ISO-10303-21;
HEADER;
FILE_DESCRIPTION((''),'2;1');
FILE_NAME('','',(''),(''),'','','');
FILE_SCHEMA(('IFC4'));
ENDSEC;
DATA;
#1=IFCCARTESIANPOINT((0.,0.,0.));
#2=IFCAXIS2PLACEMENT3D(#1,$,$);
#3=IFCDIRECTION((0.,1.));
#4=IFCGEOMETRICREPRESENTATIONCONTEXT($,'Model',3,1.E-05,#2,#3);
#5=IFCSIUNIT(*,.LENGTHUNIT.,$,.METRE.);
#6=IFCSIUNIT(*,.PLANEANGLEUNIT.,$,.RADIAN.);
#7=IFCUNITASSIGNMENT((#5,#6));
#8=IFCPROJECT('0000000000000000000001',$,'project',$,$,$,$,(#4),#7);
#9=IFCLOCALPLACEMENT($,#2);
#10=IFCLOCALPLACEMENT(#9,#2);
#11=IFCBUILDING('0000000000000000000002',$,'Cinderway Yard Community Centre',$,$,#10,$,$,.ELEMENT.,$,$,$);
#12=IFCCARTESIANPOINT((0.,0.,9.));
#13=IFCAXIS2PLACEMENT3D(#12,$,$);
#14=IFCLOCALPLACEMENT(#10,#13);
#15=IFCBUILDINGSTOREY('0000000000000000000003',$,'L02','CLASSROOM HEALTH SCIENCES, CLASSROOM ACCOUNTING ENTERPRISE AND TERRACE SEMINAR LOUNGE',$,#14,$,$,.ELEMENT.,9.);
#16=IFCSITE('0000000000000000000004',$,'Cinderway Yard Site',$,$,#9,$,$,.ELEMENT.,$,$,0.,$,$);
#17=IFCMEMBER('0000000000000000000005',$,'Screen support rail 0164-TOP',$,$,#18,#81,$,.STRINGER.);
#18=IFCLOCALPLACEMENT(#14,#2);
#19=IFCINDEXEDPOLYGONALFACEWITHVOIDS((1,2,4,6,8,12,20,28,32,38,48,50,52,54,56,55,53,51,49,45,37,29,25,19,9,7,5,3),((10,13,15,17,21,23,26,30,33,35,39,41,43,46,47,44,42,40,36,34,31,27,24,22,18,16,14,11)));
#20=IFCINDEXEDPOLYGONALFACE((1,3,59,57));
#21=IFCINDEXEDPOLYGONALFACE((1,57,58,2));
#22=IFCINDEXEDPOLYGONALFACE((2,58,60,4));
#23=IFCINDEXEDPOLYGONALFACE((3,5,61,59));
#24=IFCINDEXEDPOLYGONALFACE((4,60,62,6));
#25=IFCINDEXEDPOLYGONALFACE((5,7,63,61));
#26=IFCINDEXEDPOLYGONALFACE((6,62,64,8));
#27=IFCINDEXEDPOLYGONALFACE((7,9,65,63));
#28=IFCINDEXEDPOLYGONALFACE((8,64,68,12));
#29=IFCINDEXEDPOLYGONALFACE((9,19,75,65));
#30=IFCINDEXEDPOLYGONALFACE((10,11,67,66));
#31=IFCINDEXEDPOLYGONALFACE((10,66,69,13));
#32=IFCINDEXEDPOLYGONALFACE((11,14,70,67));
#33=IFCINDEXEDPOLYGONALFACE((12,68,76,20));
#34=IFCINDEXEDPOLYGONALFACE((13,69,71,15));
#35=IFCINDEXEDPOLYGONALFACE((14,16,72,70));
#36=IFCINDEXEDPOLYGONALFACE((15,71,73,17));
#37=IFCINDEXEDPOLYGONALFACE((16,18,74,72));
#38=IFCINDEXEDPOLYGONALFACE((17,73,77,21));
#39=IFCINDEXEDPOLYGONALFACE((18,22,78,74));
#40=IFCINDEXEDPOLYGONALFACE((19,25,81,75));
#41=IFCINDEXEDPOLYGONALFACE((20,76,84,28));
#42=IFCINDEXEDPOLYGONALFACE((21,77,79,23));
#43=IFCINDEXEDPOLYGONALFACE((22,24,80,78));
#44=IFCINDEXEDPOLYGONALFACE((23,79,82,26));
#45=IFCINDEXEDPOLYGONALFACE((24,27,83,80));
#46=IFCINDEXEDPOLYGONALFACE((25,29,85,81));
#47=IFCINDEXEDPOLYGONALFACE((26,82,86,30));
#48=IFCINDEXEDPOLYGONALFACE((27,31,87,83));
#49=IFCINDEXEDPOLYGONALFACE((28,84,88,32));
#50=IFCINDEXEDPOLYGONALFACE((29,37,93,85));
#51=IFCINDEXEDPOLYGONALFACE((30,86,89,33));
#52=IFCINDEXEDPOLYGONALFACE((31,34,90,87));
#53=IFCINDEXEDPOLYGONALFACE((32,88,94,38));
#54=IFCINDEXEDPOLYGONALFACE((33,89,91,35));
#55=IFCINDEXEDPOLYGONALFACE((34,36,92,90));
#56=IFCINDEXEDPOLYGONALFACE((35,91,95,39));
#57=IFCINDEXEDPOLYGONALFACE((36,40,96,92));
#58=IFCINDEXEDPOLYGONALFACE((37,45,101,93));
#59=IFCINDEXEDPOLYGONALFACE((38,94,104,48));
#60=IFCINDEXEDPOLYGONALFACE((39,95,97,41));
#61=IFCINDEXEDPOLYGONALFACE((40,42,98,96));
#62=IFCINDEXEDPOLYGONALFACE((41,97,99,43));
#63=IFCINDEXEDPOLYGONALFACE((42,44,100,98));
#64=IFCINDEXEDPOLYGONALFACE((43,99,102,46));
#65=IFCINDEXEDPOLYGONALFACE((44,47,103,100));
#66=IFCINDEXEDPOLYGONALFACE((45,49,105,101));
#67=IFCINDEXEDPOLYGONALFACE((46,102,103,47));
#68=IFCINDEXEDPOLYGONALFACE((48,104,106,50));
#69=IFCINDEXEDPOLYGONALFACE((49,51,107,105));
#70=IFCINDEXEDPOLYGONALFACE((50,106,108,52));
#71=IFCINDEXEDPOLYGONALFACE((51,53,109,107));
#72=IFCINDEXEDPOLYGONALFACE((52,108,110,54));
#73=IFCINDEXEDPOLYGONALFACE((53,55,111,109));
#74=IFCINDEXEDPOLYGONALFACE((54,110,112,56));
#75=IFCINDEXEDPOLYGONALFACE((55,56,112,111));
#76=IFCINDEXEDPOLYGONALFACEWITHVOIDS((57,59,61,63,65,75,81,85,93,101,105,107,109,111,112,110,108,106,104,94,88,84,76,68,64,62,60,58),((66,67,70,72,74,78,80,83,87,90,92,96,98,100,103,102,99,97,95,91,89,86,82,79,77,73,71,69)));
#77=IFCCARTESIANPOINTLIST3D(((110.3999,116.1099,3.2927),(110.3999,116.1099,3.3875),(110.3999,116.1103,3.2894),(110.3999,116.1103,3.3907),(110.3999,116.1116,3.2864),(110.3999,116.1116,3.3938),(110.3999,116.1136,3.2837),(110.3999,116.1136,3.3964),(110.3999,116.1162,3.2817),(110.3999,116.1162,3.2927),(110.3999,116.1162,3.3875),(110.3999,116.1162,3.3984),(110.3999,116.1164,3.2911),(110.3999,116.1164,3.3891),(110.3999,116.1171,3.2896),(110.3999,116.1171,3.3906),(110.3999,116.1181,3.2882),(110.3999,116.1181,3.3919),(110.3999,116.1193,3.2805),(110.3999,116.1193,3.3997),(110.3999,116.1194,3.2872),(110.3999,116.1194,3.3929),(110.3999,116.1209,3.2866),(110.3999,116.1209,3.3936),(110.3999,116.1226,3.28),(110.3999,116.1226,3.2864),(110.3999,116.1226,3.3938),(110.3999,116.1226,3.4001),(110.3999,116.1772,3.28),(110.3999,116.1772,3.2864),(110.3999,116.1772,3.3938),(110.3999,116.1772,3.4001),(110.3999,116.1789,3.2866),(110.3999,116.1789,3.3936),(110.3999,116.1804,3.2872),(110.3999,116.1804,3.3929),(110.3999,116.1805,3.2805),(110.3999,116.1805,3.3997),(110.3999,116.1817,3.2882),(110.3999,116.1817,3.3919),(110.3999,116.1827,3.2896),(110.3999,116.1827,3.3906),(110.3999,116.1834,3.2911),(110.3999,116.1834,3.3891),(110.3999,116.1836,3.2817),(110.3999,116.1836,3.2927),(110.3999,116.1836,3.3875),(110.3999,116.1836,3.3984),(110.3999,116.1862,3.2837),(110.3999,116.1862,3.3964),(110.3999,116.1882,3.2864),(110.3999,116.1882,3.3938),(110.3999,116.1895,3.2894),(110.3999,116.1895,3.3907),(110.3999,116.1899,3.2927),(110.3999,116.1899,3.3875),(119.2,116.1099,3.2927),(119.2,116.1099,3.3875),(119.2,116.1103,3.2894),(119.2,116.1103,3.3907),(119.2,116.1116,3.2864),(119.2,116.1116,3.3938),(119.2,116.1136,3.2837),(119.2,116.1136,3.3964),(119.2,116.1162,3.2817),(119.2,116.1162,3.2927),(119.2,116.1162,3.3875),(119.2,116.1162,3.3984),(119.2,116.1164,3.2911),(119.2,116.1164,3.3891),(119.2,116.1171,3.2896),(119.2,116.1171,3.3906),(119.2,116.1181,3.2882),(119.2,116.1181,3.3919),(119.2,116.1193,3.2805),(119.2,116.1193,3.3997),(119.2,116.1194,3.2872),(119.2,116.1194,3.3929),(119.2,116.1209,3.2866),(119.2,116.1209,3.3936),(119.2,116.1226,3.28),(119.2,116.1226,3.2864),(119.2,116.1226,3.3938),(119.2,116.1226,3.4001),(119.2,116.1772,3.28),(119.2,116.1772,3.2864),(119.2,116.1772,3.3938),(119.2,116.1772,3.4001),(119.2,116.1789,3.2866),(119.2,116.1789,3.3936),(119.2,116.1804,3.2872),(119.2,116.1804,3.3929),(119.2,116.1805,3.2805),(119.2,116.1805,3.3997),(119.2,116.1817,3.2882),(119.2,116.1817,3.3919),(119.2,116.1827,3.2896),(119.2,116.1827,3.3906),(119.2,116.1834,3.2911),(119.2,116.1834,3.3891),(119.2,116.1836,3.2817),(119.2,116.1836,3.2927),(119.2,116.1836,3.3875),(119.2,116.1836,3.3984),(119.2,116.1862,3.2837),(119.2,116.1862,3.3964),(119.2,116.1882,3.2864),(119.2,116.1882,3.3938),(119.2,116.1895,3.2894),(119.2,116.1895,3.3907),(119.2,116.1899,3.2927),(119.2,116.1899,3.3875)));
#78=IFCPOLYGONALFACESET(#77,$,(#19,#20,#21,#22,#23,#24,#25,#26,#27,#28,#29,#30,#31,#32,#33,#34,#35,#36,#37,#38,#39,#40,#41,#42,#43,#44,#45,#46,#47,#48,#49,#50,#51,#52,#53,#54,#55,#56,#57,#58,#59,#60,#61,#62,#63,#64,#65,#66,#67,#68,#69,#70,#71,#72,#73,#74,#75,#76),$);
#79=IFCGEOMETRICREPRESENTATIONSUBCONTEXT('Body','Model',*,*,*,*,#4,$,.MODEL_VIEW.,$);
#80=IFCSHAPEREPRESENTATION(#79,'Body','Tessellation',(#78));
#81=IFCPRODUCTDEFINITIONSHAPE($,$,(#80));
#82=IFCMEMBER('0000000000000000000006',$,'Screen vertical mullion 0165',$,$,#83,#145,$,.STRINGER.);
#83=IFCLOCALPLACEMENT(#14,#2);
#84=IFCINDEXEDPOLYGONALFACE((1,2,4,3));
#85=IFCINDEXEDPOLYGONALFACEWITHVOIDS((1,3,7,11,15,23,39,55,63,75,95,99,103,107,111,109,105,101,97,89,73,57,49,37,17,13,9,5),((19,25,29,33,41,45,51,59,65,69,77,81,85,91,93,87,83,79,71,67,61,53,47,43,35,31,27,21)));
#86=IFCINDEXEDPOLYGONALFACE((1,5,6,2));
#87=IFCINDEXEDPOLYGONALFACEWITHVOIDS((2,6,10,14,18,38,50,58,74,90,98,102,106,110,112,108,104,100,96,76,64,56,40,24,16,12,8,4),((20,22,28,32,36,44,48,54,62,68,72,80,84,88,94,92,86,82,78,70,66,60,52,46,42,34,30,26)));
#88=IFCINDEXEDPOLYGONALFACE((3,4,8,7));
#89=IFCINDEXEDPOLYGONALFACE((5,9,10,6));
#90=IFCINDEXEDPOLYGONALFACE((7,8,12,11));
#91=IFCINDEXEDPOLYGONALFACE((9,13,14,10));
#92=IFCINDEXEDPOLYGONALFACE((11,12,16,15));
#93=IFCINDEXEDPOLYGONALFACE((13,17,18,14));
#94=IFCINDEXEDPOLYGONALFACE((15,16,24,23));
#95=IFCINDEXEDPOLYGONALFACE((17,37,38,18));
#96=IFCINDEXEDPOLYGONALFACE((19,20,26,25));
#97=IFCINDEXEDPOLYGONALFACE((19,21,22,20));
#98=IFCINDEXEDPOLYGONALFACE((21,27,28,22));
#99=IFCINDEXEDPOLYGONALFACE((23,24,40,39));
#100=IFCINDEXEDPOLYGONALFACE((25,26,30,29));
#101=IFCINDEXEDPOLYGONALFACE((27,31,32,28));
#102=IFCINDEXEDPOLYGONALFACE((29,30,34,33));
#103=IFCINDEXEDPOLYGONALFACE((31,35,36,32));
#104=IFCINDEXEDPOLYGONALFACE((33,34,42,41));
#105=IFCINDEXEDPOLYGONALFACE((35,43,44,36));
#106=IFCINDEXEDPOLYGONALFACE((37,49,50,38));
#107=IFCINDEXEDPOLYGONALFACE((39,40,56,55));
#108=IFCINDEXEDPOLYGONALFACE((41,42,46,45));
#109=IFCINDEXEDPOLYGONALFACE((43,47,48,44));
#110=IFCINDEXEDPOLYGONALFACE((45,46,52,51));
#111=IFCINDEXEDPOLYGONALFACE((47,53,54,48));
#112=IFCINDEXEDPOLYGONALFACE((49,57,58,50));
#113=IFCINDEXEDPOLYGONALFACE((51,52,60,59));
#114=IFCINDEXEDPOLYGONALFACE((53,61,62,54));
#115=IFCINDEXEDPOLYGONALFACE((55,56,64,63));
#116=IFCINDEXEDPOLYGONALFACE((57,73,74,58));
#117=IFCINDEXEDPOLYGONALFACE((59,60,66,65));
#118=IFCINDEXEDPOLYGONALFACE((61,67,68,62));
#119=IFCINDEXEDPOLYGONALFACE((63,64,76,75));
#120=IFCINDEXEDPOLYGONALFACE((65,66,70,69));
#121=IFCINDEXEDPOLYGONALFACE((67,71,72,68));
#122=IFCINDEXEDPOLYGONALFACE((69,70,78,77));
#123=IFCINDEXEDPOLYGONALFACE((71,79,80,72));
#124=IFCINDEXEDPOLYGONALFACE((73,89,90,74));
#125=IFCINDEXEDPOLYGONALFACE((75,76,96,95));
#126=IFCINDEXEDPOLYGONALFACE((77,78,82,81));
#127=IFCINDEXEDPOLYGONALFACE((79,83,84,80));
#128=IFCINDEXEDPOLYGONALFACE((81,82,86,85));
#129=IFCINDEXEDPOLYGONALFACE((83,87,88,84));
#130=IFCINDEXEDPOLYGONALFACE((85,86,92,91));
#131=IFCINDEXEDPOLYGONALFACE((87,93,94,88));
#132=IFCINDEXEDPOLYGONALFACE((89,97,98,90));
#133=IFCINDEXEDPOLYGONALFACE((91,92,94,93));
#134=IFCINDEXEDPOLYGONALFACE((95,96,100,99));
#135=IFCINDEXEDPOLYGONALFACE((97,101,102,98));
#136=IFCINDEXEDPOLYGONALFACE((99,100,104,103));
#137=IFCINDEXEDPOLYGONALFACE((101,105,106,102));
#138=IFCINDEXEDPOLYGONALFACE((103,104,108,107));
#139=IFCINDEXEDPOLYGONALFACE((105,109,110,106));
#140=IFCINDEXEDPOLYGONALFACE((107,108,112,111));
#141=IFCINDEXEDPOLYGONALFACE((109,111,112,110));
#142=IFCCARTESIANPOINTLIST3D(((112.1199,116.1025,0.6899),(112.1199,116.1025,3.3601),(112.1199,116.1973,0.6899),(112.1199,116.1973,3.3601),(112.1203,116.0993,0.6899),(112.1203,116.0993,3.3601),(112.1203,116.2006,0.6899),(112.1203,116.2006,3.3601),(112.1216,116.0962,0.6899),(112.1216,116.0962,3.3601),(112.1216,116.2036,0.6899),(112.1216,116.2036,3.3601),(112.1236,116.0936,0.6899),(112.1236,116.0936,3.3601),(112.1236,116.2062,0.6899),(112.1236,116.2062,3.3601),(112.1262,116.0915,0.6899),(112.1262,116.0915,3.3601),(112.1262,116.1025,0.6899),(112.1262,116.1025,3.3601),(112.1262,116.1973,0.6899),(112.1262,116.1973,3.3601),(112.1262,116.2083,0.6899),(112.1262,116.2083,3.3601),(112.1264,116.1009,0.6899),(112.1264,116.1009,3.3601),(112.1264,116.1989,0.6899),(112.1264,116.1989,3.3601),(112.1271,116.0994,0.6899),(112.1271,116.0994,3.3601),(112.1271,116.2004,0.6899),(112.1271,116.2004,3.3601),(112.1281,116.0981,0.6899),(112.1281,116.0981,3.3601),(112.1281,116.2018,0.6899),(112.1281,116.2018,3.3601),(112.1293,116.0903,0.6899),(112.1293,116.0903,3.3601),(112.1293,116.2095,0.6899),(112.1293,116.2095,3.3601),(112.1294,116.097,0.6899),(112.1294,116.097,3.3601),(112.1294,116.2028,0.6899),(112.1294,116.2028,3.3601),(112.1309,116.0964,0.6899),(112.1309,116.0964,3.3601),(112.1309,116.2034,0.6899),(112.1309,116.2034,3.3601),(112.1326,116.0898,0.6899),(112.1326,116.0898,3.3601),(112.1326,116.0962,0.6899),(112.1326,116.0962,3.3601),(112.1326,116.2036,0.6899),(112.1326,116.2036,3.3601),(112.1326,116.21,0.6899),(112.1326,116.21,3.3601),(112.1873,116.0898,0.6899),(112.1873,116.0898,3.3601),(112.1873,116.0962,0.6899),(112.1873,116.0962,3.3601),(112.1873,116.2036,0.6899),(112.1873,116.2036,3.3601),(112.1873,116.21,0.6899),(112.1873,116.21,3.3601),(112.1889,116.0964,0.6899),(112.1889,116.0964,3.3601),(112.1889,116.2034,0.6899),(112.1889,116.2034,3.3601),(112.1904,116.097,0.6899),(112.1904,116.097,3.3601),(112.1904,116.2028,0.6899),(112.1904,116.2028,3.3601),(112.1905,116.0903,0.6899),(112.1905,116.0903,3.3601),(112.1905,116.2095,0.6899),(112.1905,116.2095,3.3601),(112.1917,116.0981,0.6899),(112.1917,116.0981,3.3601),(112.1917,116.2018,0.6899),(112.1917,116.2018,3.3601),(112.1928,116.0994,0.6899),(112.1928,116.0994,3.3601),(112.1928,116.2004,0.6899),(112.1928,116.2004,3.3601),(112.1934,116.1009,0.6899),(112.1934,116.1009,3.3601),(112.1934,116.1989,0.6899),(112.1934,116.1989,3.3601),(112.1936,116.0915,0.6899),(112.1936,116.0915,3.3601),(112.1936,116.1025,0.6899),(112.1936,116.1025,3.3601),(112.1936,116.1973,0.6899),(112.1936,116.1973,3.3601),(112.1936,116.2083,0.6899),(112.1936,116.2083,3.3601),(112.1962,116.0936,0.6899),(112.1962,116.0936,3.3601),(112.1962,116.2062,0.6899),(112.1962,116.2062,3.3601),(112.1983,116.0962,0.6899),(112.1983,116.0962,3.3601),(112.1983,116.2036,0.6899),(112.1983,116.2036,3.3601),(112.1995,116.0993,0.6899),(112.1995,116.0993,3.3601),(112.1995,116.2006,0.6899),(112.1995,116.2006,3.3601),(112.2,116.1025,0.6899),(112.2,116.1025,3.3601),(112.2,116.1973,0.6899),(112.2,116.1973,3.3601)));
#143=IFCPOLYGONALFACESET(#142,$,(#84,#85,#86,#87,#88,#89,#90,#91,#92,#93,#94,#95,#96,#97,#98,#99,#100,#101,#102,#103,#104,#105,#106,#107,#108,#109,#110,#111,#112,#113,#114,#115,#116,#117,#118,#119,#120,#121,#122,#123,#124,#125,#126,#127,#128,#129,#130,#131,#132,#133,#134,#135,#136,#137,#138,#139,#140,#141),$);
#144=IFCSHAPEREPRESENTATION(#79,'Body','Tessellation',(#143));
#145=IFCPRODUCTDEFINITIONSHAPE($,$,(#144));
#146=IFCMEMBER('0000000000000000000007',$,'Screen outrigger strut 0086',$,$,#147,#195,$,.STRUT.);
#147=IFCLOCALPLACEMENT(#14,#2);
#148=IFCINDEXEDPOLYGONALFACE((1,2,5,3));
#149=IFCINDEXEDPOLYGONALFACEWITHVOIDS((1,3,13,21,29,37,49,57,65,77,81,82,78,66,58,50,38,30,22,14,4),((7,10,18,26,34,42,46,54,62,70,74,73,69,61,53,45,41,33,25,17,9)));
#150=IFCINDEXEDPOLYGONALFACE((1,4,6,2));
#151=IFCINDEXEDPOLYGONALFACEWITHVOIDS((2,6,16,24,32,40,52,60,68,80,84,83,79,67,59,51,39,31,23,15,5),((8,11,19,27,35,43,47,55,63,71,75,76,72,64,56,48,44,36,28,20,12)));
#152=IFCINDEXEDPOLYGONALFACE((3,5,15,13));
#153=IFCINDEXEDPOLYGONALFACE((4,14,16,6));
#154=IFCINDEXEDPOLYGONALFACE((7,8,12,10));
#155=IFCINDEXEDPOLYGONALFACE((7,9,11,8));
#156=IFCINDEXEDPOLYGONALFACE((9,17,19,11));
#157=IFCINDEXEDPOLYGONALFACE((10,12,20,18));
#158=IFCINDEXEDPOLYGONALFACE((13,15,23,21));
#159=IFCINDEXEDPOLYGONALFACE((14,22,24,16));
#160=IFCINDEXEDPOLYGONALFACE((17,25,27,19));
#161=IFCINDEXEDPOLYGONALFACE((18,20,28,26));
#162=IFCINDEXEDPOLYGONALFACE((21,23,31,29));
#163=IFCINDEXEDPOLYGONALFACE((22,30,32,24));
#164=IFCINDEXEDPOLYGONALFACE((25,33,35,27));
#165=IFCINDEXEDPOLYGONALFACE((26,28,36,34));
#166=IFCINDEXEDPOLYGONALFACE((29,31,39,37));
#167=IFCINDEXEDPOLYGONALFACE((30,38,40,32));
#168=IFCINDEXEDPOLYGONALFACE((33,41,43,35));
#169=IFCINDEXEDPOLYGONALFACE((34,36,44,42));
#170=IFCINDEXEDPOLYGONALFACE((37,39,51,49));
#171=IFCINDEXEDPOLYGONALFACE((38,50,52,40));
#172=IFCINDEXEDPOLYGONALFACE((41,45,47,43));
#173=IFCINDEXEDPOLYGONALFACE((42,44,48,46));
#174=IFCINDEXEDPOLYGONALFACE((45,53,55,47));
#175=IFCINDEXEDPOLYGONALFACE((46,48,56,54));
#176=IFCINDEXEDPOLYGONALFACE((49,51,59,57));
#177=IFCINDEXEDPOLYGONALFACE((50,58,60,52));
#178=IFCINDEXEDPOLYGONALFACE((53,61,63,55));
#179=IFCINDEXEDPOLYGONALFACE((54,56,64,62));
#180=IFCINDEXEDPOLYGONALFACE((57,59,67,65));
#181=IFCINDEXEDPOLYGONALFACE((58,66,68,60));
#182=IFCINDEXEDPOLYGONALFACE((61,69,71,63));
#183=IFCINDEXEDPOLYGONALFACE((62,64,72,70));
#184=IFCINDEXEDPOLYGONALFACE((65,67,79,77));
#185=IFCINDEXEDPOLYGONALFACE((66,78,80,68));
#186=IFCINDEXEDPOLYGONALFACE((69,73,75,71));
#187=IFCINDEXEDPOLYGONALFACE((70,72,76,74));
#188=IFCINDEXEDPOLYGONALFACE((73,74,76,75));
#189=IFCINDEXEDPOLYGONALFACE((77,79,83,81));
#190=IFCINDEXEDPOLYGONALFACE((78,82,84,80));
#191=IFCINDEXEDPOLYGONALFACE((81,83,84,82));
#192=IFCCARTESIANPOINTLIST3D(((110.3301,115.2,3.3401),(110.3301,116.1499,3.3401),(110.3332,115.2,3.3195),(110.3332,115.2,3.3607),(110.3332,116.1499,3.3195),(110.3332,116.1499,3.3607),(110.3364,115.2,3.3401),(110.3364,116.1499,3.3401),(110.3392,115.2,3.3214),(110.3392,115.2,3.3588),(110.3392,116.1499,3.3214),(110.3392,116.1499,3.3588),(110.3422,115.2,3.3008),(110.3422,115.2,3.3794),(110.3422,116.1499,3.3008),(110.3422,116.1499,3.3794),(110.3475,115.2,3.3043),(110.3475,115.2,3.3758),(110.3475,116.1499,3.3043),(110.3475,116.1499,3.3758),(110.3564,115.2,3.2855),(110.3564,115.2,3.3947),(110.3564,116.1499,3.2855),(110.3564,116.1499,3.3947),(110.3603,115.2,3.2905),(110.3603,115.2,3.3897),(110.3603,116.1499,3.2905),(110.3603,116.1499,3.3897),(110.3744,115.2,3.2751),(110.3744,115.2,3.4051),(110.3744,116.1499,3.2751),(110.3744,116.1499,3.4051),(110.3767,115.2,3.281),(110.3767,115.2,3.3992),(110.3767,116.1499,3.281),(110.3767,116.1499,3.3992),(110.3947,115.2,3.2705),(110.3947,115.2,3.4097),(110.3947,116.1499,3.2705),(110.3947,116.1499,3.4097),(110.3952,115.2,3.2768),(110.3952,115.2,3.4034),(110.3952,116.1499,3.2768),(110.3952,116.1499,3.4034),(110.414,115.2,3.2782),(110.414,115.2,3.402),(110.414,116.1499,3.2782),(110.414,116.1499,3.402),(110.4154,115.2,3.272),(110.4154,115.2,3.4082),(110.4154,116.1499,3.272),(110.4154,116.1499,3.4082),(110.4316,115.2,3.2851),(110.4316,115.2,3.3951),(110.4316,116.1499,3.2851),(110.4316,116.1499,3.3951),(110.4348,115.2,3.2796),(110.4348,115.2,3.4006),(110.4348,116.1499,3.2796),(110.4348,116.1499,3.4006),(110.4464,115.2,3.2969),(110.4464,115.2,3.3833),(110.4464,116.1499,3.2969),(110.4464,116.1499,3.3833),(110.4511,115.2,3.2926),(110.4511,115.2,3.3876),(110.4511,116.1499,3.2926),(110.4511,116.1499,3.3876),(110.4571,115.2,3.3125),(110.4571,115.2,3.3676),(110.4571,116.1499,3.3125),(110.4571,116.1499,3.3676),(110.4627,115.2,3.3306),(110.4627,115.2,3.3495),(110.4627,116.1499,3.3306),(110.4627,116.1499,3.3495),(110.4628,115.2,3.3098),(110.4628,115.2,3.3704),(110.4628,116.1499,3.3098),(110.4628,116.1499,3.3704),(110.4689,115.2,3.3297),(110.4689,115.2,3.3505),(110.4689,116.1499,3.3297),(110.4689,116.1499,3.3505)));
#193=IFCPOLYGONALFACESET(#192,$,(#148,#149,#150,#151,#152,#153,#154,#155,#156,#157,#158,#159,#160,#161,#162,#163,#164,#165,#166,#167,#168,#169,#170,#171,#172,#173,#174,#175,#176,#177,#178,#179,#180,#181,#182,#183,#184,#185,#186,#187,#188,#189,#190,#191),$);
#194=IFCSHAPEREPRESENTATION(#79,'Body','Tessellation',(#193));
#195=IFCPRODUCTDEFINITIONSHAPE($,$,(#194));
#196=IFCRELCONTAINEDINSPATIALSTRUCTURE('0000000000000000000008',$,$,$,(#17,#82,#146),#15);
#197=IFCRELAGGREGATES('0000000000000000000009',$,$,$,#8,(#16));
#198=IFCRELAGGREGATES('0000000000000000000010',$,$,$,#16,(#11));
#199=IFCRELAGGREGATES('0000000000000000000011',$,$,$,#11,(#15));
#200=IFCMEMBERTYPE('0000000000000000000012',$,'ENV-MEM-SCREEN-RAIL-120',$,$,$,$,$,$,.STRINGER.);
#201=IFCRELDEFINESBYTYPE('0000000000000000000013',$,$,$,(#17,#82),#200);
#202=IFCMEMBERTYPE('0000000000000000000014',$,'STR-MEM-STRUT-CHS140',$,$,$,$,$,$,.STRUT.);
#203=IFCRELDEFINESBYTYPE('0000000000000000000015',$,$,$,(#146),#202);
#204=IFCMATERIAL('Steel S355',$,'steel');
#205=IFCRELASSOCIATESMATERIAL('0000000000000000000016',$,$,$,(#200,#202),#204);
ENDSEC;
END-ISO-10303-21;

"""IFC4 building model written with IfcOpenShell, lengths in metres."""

from ifc_helpers import new_model, si_unit, direction, frame, origin, origin_2d, place, context, subcontext, project, spatial, hollow_rectangle, hollow_circle, extrude, material, material_profile, profile_set, type_object, element, save


model = new_model("IFC4")

# Units and contexts
model_context = context("Model", 3, precision=1e-05, world=origin(), true_north=direction((0.0, 1.0)))
body_context = subcontext(model_context, "Body", "Model", "MODEL_VIEW")
ifc_project = project(units=[si_unit("LENGTHUNIT", "METRE"), si_unit("PLANEANGLEUNIT", "RADIAN")], contexts=[model_context])

# Site, building, storey
site_placement = place(None, origin())
site = spatial("IfcSite", under=ifc_project, at=site_placement, Name="Cinderway Yard Site", CompositionType="ELEMENT", RefElevation=0.0)
building_placement = place(site_placement, origin())
building = spatial("IfcBuilding", under=site, at=building_placement, Name="Cinderway Yard Community Centre", CompositionType="ELEMENT")
storey_placement = place(building_placement, frame((0.0, 0.0, 9.0)))
storey = spatial("IfcBuildingStorey", under=building, at=storey_placement, Name="L02", Description="CLASSROOM HEALTH SCIENCES, CLASSROOM ACCOUNTING ENTERPRISE AND TERRACE SEMINAR LOUNGE", CompositionType="ELEMENT", Elevation=9.0)

# Members
ifc_material_1 = material(Name="Steel S355", Category="steel")
ifc_material_profile_1 = material_profile(ifc_material_1, hollow_rectangle(XDim=0.0801, YDim=0.1201, WallThickness=0.0063, InnerFilletRadius=0.0063, OuterFilletRadius=0.0127, at=origin_2d()), Name="Steel S355")
ifc_profile_set_1 = profile_set([ifc_material_profile_1], Name="Steel S355")
member_type_1 = type_object("IfcMemberType", Name="ENV-MEM-SCREEN-RAIL-120", PredefinedType="STRINGER", material=ifc_profile_set_1)
for number, where, z_axis, x_axis, name in (
    (1, (110.3999, 116.1499, 3.3401), (1.0, 0.0, 0.0), (0.0, 1.0, 0.0), "Screen support rail 0164-TOP"),
):
    element("IfcMember", number, at=place(storey_placement, frame(where, z_axis=z_axis, x_axis=x_axis)), inside=storey, type_object=member_type_1, Name=name, PredefinedType="STRINGER", context=body_context, shape_type="SweptSolid", body=[
        extrude(hollow_rectangle(XDim=0.0801, YDim=0.1201, WallThickness=0.0063, InnerFilletRadius=0.0063, OuterFilletRadius=0.0127, at=origin_2d()), origin(), (0.0, 0.0, 1.0), 8.8),
    ])
member_1_placement = place(storey_placement, frame((112.1599, 116.1499, 0.6899), z_axis=(0.0, 0.0, 1.0), x_axis=(1.0, 0.0, 0.0)))
element("IfcMember", 2, at=member_1_placement, inside=storey, type_object=member_type_1, Name="Screen vertical mullion 0165", PredefinedType="STRINGER", context=body_context, shape_type="SweptSolid", body=[
    extrude(hollow_rectangle(XDim=0.0801, YDim=0.1201, WallThickness=0.0063, InnerFilletRadius=0.0063, OuterFilletRadius=0.0127, at=origin_2d()), origin(), (0.0, 0.0, 1.0), 2.6702),
])
ifc_material_profile_2 = material_profile(ifc_material_1, hollow_circle(Radius=0.0698, WallThickness=0.0063, at=origin_2d()), Name="Steel S355")
ifc_profile_set_2 = profile_set([ifc_material_profile_2], Name="Steel S355")
member_type_2 = type_object("IfcMemberType", Name="STR-MEM-STRUT-CHS140", PredefinedType="STRUT", material=ifc_profile_set_2)
member_2_placement = place(storey_placement, frame((110.3999, 115.2, 3.3401), z_axis=(0.0, 1.0, 0.0), x_axis=(-1.0, 0.0, 0.0)))
element("IfcMember", 3, at=member_2_placement, inside=storey, type_object=member_type_2, Name="Screen outrigger strut 0086", PredefinedType="STRUT", context=body_context, shape_type="SweptSolid", body=[
    extrude(hollow_circle(Radius=0.0698, WallThickness=0.0063, at=origin_2d()), origin(), (0.0, 0.0, 1.0), 0.95),
])

save(model, "model.ifc")
